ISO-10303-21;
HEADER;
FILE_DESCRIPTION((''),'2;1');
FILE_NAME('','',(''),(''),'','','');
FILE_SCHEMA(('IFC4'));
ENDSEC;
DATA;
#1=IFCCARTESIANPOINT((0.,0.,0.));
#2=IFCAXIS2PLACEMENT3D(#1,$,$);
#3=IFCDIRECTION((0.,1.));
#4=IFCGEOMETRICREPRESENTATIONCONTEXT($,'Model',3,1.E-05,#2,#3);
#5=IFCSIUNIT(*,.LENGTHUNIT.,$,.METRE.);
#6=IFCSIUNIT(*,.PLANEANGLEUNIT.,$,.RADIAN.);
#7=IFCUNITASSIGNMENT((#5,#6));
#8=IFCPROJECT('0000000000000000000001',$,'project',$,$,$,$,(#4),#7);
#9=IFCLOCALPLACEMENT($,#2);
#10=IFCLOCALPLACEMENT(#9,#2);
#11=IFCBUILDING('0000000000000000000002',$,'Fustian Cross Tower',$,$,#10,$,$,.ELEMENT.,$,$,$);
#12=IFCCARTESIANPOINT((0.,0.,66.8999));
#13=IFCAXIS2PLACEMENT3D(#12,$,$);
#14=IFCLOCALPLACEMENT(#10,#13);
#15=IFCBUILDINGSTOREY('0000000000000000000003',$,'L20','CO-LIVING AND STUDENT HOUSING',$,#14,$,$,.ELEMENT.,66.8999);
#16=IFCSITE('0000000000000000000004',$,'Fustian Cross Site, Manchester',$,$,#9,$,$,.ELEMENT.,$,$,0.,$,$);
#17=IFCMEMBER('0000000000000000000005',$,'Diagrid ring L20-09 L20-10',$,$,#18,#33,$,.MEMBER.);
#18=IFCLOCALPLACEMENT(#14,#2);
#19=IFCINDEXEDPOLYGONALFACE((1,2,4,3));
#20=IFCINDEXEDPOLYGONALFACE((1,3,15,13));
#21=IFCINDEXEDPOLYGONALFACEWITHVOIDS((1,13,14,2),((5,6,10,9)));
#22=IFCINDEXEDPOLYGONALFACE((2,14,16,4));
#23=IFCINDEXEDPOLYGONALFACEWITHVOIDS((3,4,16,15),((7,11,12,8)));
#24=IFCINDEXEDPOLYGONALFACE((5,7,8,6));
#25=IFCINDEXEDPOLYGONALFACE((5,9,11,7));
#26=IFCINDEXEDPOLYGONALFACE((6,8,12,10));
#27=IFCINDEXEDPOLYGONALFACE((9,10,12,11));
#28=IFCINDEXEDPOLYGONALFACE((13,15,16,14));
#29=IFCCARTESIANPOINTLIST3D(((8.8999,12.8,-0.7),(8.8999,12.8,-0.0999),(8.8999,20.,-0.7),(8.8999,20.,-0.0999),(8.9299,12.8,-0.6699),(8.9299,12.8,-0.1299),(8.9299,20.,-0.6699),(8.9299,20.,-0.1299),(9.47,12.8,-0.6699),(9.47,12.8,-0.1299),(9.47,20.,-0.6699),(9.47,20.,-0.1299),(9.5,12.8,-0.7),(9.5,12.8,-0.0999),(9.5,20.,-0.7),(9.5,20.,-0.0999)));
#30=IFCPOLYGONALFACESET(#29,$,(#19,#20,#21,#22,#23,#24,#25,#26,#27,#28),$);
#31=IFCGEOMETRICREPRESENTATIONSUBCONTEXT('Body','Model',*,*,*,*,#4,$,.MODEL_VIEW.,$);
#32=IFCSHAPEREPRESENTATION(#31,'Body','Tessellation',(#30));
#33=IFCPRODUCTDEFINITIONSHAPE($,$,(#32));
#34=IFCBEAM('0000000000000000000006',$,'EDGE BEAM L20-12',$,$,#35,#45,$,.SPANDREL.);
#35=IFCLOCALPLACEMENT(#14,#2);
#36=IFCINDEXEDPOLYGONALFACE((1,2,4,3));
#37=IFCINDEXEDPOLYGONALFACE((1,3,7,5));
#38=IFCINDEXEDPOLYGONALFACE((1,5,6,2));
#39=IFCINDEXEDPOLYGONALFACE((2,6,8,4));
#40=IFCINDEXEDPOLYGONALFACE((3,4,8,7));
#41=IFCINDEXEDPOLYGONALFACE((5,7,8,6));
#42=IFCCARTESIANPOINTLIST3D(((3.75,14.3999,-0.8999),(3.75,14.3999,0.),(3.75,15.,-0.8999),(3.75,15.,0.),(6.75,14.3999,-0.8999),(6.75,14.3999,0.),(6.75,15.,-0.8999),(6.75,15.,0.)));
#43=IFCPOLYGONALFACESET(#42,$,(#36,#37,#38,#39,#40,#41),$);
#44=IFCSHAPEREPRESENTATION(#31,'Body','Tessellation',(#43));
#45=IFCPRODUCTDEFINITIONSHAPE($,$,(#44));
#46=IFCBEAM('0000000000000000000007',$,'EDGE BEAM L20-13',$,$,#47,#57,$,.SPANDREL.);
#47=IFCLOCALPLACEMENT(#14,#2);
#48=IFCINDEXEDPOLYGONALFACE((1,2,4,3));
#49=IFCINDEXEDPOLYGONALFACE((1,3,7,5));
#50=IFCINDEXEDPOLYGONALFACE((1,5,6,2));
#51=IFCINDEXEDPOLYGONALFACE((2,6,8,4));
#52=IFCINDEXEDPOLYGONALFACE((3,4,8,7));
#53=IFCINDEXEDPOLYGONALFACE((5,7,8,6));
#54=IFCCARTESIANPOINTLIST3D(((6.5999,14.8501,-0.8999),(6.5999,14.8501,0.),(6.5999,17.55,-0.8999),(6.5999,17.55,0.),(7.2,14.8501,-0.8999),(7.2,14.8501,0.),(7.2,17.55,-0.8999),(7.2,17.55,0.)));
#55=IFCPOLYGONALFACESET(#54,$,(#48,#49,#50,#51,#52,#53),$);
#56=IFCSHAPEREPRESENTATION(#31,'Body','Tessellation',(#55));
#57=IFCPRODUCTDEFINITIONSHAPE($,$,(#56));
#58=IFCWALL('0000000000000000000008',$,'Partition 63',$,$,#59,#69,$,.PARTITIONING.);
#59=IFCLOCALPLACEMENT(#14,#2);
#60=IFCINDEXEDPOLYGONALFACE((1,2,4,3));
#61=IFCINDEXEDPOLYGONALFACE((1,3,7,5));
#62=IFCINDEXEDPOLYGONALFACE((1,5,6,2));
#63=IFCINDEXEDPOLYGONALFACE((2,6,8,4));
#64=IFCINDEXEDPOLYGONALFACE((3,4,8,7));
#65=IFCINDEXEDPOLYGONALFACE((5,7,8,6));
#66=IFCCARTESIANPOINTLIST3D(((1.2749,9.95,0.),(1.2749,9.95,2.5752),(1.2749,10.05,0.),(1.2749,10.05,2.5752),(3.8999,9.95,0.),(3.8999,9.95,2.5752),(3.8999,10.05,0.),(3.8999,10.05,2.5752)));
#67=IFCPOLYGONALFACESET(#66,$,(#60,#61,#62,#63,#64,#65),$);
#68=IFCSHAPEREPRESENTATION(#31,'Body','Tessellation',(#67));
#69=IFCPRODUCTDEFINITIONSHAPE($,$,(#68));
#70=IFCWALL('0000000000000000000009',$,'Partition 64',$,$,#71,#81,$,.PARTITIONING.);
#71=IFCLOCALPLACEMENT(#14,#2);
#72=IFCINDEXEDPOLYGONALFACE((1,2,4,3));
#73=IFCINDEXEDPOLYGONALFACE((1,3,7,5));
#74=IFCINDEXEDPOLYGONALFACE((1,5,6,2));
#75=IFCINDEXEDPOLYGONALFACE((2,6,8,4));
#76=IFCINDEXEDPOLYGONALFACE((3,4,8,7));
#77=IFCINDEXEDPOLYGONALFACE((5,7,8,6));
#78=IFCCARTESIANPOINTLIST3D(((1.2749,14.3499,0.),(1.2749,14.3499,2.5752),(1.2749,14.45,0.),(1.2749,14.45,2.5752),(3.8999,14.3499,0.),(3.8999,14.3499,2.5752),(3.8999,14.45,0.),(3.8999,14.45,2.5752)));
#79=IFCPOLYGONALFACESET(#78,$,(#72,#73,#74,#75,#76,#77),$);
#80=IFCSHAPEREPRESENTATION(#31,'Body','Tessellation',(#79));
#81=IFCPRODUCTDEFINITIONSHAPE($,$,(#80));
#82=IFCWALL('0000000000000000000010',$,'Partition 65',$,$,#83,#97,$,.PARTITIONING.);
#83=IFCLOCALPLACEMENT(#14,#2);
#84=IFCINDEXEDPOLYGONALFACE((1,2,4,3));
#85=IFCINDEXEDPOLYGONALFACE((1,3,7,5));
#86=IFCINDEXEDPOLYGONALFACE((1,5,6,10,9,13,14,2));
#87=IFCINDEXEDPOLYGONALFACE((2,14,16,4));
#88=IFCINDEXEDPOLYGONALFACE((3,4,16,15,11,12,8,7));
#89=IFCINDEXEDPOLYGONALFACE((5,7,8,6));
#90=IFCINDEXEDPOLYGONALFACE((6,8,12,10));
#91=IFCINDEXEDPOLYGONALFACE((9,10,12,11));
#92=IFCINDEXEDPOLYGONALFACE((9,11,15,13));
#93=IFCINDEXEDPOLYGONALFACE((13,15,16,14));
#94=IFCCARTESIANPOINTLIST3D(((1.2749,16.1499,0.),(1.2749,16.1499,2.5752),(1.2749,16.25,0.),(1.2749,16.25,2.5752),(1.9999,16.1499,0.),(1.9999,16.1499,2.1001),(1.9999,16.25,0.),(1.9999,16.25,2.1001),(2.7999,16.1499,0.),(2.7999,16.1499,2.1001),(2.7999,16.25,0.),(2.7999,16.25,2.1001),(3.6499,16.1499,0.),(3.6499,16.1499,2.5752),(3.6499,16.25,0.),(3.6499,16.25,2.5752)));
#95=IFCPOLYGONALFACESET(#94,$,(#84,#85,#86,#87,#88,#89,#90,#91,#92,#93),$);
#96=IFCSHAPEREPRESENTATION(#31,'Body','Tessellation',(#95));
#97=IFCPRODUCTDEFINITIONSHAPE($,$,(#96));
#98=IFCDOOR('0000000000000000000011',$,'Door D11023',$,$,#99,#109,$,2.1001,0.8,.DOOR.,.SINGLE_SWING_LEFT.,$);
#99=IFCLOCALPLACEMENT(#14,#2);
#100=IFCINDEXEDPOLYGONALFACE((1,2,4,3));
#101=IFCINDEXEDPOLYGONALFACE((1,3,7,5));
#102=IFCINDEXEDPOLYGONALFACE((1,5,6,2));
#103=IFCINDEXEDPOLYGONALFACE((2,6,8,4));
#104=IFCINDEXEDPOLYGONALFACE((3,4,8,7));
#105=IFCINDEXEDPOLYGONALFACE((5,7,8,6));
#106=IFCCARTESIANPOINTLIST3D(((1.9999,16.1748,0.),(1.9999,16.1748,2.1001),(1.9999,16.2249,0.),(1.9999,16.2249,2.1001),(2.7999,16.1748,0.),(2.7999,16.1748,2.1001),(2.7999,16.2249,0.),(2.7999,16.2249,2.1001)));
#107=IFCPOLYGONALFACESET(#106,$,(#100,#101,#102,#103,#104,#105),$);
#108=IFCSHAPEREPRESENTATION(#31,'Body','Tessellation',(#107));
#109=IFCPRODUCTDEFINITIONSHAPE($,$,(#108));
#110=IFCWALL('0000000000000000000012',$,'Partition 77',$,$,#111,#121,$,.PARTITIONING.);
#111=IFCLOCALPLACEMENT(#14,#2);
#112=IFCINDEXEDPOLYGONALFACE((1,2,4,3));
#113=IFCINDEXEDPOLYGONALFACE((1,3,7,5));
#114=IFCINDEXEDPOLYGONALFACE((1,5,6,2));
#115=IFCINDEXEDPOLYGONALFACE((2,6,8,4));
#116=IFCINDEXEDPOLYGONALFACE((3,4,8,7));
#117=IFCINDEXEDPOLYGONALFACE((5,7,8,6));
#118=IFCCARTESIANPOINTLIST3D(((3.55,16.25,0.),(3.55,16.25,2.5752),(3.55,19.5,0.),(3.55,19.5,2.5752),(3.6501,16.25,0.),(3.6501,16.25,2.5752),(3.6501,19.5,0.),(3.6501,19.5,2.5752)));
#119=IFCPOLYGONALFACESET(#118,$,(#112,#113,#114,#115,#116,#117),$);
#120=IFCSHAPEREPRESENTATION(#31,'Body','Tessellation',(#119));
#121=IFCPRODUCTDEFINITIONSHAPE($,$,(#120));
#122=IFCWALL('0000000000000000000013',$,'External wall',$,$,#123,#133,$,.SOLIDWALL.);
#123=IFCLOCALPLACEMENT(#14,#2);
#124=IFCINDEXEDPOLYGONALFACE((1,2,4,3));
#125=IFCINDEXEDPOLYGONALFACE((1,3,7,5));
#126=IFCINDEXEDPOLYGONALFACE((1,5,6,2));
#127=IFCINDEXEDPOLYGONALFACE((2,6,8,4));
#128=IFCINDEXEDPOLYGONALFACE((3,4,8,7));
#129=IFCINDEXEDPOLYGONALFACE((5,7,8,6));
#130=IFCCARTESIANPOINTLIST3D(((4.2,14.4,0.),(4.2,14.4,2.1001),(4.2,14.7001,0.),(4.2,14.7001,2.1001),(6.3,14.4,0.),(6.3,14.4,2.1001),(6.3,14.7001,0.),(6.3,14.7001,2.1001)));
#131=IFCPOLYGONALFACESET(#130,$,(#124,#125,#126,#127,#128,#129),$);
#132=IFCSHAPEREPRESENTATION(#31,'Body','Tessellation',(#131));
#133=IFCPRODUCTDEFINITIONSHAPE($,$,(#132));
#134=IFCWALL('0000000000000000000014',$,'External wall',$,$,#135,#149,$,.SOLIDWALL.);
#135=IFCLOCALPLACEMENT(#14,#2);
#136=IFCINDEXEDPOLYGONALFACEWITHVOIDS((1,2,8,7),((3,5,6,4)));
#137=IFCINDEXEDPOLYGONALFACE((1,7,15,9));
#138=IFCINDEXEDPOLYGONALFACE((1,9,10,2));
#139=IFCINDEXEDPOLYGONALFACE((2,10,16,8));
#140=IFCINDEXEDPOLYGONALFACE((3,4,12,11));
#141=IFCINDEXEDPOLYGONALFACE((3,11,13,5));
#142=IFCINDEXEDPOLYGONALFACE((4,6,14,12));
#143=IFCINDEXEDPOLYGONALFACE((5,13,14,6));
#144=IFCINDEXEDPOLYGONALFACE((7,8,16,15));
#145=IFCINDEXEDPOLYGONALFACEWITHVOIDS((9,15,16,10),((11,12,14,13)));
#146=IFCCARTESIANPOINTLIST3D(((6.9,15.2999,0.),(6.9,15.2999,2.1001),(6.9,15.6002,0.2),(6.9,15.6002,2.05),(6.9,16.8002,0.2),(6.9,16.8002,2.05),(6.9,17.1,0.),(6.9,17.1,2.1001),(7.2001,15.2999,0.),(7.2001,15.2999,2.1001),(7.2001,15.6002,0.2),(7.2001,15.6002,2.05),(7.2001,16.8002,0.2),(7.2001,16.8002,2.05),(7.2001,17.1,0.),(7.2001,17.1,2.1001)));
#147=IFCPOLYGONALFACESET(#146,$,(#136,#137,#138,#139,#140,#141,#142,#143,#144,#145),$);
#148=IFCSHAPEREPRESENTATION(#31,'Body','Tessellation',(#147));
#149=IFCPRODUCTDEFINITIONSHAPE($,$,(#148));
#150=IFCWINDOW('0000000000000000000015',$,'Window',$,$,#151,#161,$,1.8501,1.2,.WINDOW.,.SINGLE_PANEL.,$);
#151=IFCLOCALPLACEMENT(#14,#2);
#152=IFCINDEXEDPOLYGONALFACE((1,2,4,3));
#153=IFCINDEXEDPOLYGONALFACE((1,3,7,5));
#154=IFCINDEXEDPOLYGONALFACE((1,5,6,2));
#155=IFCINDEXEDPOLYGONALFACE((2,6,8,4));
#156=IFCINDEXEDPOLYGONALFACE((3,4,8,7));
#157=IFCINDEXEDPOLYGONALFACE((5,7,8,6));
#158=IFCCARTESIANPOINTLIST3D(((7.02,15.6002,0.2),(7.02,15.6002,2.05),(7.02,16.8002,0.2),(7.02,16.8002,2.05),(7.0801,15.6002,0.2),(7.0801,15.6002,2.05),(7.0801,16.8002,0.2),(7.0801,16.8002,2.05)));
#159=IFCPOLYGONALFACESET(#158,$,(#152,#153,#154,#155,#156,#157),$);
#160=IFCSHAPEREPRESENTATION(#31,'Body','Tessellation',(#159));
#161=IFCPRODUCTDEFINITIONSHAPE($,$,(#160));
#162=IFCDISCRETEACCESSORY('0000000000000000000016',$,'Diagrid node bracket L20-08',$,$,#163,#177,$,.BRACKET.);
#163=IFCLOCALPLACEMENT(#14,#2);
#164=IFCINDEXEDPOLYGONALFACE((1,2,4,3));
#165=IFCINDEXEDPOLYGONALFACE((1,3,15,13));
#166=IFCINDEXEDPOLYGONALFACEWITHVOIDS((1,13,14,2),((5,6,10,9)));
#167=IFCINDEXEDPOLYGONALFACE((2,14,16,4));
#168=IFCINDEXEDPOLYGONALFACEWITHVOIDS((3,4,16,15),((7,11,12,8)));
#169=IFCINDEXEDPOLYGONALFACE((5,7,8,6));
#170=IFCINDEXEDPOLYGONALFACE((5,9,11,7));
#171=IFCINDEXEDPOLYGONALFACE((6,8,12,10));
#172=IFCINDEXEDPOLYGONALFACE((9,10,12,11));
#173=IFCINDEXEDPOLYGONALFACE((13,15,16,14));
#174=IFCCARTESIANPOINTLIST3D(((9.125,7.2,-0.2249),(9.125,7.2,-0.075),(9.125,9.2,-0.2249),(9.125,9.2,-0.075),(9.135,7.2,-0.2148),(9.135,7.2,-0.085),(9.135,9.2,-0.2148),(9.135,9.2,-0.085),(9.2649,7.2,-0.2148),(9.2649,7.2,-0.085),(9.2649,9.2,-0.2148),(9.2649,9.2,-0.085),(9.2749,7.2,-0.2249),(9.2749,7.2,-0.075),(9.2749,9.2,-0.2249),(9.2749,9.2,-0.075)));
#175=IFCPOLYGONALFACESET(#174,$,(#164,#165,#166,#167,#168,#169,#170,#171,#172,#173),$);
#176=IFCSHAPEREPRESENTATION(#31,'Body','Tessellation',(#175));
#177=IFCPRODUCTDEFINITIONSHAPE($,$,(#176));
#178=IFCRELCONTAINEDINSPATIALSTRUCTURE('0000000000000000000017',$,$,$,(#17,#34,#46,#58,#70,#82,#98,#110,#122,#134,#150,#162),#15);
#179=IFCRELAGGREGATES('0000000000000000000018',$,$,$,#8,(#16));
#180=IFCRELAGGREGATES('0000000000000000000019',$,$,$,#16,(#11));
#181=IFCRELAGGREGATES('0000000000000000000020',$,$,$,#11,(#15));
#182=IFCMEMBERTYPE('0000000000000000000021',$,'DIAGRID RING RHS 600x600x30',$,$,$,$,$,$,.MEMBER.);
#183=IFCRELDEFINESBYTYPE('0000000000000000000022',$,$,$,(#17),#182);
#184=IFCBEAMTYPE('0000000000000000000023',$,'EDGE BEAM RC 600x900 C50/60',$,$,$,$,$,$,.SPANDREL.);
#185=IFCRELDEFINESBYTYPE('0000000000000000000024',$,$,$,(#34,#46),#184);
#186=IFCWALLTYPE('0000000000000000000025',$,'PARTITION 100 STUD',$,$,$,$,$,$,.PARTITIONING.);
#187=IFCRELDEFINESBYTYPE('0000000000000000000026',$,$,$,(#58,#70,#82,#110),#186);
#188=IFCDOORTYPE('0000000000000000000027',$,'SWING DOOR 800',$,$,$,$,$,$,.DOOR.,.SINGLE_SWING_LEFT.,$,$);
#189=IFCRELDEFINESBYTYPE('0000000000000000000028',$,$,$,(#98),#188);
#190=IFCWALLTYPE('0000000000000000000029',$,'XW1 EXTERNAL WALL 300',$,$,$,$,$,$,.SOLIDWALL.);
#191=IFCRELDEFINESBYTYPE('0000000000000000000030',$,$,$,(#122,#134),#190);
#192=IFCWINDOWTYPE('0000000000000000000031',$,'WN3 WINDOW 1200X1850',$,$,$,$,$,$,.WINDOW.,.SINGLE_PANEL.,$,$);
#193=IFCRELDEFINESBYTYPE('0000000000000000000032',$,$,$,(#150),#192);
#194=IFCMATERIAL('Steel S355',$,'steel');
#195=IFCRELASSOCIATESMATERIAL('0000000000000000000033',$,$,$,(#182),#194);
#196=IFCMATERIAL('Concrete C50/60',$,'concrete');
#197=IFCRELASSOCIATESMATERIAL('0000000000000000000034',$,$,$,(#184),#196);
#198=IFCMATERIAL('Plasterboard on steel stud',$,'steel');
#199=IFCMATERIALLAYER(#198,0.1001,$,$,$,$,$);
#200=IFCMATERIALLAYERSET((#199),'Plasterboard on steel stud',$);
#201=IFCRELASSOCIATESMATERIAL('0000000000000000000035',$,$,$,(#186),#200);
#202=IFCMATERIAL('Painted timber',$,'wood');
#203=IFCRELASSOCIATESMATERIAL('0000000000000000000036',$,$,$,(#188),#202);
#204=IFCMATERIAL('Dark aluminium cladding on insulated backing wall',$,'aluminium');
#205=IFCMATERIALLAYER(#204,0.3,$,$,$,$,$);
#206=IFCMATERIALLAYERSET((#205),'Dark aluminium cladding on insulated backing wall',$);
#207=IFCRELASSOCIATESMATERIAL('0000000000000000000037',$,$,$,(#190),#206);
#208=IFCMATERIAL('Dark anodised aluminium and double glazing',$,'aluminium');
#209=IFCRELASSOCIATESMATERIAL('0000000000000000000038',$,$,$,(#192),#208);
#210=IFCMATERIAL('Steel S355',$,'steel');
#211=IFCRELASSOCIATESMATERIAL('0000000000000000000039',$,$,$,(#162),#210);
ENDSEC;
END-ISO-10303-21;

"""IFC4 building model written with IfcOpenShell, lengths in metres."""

from ifc_helpers import new_model, si_unit, direction, frame, frame_2d, origin, origin_2d, place, context, subcontext, project, spatial, rectangle, hollow_rectangle, extrude, material, layer, layer_set, material_profile, profile_set, type_object, element, fill, save


model = new_model("IFC4")

# Units and contexts
model_context = context("Model", 3, precision=1e-05, world=origin(), true_north=direction((0.0, 1.0)))
body_context = subcontext(model_context, "Body", "Model", "MODEL_VIEW")
ifc_project = project(units=[si_unit("LENGTHUNIT", "METRE"), si_unit("PLANEANGLEUNIT", "RADIAN")], contexts=[model_context])

# Site, building, storey
site_placement = place(None, origin())
site = spatial("IfcSite", under=ifc_project, at=site_placement, Name="Fustian Cross Site, Manchester", CompositionType="ELEMENT", RefElevation=0.0)
building_placement = place(site_placement, origin())
building = spatial("IfcBuilding", under=site, at=building_placement, Name="Fustian Cross Tower", CompositionType="ELEMENT")
storey_placement = place(building_placement, frame((0.0, 0.0, 66.8999)))
storey = spatial("IfcBuildingStorey", under=building, at=storey_placement, Name="L20", Description="CO-LIVING AND STUDENT HOUSING", CompositionType="ELEMENT", Elevation=66.8999)

# Member
ifc_material_1 = material(Name="Steel S355", Category="steel")
ifc_material_profile_1 = material_profile(ifc_material_1, hollow_rectangle(XDim=0.6001, YDim=0.6001, WallThickness=0.03, at=origin_2d()), Name="RHS 600x600x30")
ifc_profile_set_1 = profile_set([ifc_material_profile_1], Name="Steel S355")
member_type_1 = type_object("IfcMemberType", Name="DIAGRID RING RHS 600x600x30", PredefinedType="MEMBER", material=ifc_profile_set_1)
member_1_placement = place(storey_placement, frame((9.2, 12.8, -0.3999), z_axis=(0.0, 1.0, 0.0), x_axis=(-1.0, 0.0, 0.0)))
element("IfcMember", 1, at=member_1_placement, inside=storey, type_object=member_type_1, Name="Diagrid ring L20-09 L20-10", PredefinedType="MEMBER", context=body_context, shape_type="SweptSolid", body=[
    extrude(hollow_rectangle(XDim=0.6001, YDim=0.6001, WallThickness=0.03, at=origin_2d()), origin(), (0.0, 0.0, 1.0), 7.2),
])

# Beams
ifc_material_2 = material(Name="Concrete C50/60", Category="concrete")
ifc_material_profile_2 = material_profile(ifc_material_2, rectangle(XDim=0.6001, YDim=0.8999, at=origin_2d()), Name="RC 600x900")
ifc_profile_set_2 = profile_set([ifc_material_profile_2], Name="Concrete C50/60")
beam_type = type_object("IfcBeamType", Name="EDGE BEAM RC 600x900 C50/60", PredefinedType="SPANDREL", material=ifc_profile_set_2)
beam_1_placement = place(storey_placement, frame((3.75, 14.7, -0.45), z_axis=(1.0, 0.0, 0.0), x_axis=(0.0, 1.0, 0.0)))
element("IfcBeam", 2, at=beam_1_placement, inside=storey, type_object=beam_type, Name="EDGE BEAM L20-12", PredefinedType="SPANDREL", context=body_context, shape_type="SweptSolid", body=[
    extrude(rectangle(XDim=0.6001, YDim=0.8999, at=origin_2d()), origin(), (0.0, 0.0, 1.0), 3.0),
])
beam_2_placement = place(storey_placement, frame((6.8999, 14.8501, -0.45), z_axis=(0.0, 1.0, 0.0), x_axis=(-1.0, 0.0, 0.0)))
element("IfcBeam", 3, at=beam_2_placement, inside=storey, type_object=beam_type, Name="EDGE BEAM L20-13", PredefinedType="SPANDREL", context=body_context, shape_type="SweptSolid", body=[
    extrude(rectangle(XDim=0.6001, YDim=0.8999, at=origin_2d()), origin(), (0.0, 0.0, 1.0), 2.7),
])

# Walls
ifc_material_3 = material(Name="Plasterboard on steel stud", Category="steel")
ifc_layer_1 = layer(ifc_material_3, 0.1001)
ifc_layer_set_1 = layer_set([ifc_layer_1], Name="Plasterboard on steel stud")
wall_type_1 = type_object("IfcWallType", Name="PARTITION 100 STUD", PredefinedType="PARTITIONING", material=ifc_layer_set_1)
for number, where, z_axis, x_axis, name in (
    (4, (1.2749, 10.0, 0.0), (0.0, 0.0, 1.0), (1.0, 0.0, 0.0), "Partition 63"),
    (5, (1.2749, 14.3999, 0.0), (0.0, 0.0, 1.0), (1.0, 0.0, 0.0), "Partition 64"),
):
    element("IfcWall", number, at=place(storey_placement, frame(where, z_axis=z_axis, x_axis=x_axis)), inside=storey, type_object=wall_type_1, Name=name, PredefinedType="PARTITIONING", context=body_context, shape_type="SweptSolid", body=[
        extrude(rectangle(XDim=2.625, YDim=0.1001, at=frame_2d((1.3125, 0.0))), origin(), (0.0, 0.0, 1.0), 2.5752),
    ])

# Wall, opening, door
wall_1_placement = place(storey_placement, frame((1.2749, 16.2, 0.0), z_axis=(0.0, 0.0, 1.0), x_axis=(1.0, 0.0, 0.0)))
wall_1 = element("IfcWall", 6, at=wall_1_placement, inside=storey, type_object=wall_type_1, Name="Partition 65", PredefinedType="PARTITIONING", context=body_context, shape_type="SweptSolid", body=[
    extrude(rectangle(XDim=2.375, YDim=0.1001, at=frame_2d((1.1875, 0.0))), origin(), (0.0, 0.0, 1.0), 2.5752),
])
opening_1_placement = place(wall_1_placement, frame((0.7251, 0.0, 0.0)))
opening_1 = element("IfcOpeningElement", 7, at=opening_1_placement, cuts=wall_1, PredefinedType="OPENING", context=body_context, shape_type="SweptSolid", body=[
    extrude(rectangle(XDim=0.8, YDim=2.1001, at=frame_2d((0.3999, 1.05))), frame((0.0, 0.0601, 0.0), z_axis=(0.0, -1.0, 0.0), x_axis=(1.0, 0.0, 0.0)), (0.0, 0.0, 1.0), 0.1201),
])
ifc_material_4 = material(Name="Painted timber", Category="wood")
door_type = type_object("IfcDoorType", Name="SWING DOOR 800", OperationType="SINGLE_SWING_LEFT", PredefinedType="DOOR", material=ifc_material_4)
door_placement = place(opening_1_placement, origin())
door = element("IfcDoor", 8, at=door_placement, inside=storey, type_object=door_type, Name="Door D11023", OperationType="SINGLE_SWING_LEFT", OverallHeight=2.1001, OverallWidth=0.8, PredefinedType="DOOR", context=body_context, shape_type="SweptSolid", body=[
    extrude(rectangle(XDim=0.8, YDim=2.1001, at=frame_2d((0.3999, 1.05))), frame((0.0, 0.0249, 0.0), z_axis=(0.0, -1.0, 0.0), x_axis=(1.0, 0.0, 0.0)), (0.0, 0.0, 1.0), 0.05),
])
fill(opening_1, door)

# Walls
wall_2_placement = place(storey_placement, frame((3.6001, 16.25, 0.0), z_axis=(0.0, 0.0, 1.0), x_axis=(0.0, 1.0, 0.0)))
element("IfcWall", 9, at=wall_2_placement, inside=storey, type_object=wall_type_1, Name="Partition 77", PredefinedType="PARTITIONING", context=body_context, shape_type="SweptSolid", body=[
    extrude(rectangle(XDim=3.25, YDim=0.1001, at=frame_2d((1.625, 0.0))), origin(), (0.0, 0.0, 1.0), 2.5752),
])
ifc_material_5 = material(Name="Dark aluminium cladding on insulated backing wall", Category="aluminium")
ifc_layer_2 = layer(ifc_material_5, 0.3)
ifc_layer_set_2 = layer_set([ifc_layer_2], Name="Dark aluminium cladding on insulated backing wall")
wall_type_2 = type_object("IfcWallType", Name="XW1 EXTERNAL WALL 300", PredefinedType="SOLIDWALL", material=ifc_layer_set_2)
wall_3_placement = place(storey_placement, frame((4.2, 14.55, 0.0), z_axis=(0.0, 0.0, 1.0), x_axis=(1.0, 0.0, 0.0)))
element("IfcWall", 10, at=wall_3_placement, inside=storey, type_object=wall_type_2, Name="External wall", PredefinedType="SOLIDWALL", context=body_context, shape_type="SweptSolid", body=[
    extrude(rectangle(XDim=2.1001, YDim=0.3, at=frame_2d((1.05, 0.0))), origin(), (0.0, 0.0, 1.0), 2.1001),
])

# Wall, opening, window
wall_4_placement = place(storey_placement, frame((7.05, 15.3, 0.0), z_axis=(0.0, 0.0, 1.0), x_axis=(0.0, 1.0, 0.0)))
wall_4 = element("IfcWall", 11, at=wall_4_placement, inside=storey, type_object=wall_type_2, Name="External wall", PredefinedType="SOLIDWALL", context=body_context, shape_type="SweptSolid", body=[
    extrude(rectangle(XDim=1.8, YDim=0.3, at=frame_2d((0.8999, 0.0))), origin(), (0.0, 0.0, 1.0), 2.1001),
])
opening_2_placement = place(wall_4_placement, frame((0.3, 0.0, 0.2)))
opening_2 = element("IfcOpeningElement", 12, at=opening_2_placement, cuts=wall_4, PredefinedType="OPENING", context=body_context, shape_type="SweptSolid", body=[
    extrude(rectangle(XDim=1.2, YDim=1.8501, at=frame_2d((0.6001, 0.925))), frame((0.0, 0.1599, 0.0), z_axis=(0.0, -1.0, 0.0), x_axis=(1.0, 0.0, 0.0)), (0.0, 0.0, 1.0), 0.3201),
])
ifc_material_6 = material(Name="Dark anodised aluminium and double glazing", Category="aluminium")
window_type = type_object("IfcWindowType", Name="WN3 WINDOW 1200X1850", PartitioningType="SINGLE_PANEL", PredefinedType="WINDOW", material=ifc_material_6)
window_placement = place(opening_2_placement, origin())
window = element("IfcWindow", 13, at=window_placement, inside=storey, type_object=window_type, Name="Window", OverallHeight=1.8501, OverallWidth=1.2, PartitioningType="SINGLE_PANEL", PredefinedType="WINDOW", context=body_context, shape_type="SweptSolid", body=[
    extrude(rectangle(XDim=1.2, YDim=1.8501, at=frame_2d((0.6001, 0.925))), frame((0.0, 0.03, 0.0), z_axis=(0.0, -1.0, 0.0), x_axis=(1.0, 0.0, 0.0)), (0.0, 0.0, 1.0), 0.0601),
])
fill(opening_2, window)

# Discrete accessory
ifc_material_7 = material(Name="Steel S355", Category="steel")
discrete_accessory_placement = place(storey_placement, frame((9.2, 9.2, -0.1499), z_axis=(0.0, -1.0, 0.0), x_axis=(1.0, 0.0, 0.0)))
element("IfcDiscreteAccessory", 14, at=discrete_accessory_placement, inside=storey, material=ifc_material_7, Name="Diagrid node bracket L20-08", PredefinedType="BRACKET", context=body_context, shape_type="SweptSolid", body=[
    extrude(hollow_rectangle(XDim=0.1499, YDim=0.1499, WallThickness=0.01, at=origin_2d()), origin(), (0.0, 0.0, 1.0), 2.0),
])

save(model, "model.ifc")
